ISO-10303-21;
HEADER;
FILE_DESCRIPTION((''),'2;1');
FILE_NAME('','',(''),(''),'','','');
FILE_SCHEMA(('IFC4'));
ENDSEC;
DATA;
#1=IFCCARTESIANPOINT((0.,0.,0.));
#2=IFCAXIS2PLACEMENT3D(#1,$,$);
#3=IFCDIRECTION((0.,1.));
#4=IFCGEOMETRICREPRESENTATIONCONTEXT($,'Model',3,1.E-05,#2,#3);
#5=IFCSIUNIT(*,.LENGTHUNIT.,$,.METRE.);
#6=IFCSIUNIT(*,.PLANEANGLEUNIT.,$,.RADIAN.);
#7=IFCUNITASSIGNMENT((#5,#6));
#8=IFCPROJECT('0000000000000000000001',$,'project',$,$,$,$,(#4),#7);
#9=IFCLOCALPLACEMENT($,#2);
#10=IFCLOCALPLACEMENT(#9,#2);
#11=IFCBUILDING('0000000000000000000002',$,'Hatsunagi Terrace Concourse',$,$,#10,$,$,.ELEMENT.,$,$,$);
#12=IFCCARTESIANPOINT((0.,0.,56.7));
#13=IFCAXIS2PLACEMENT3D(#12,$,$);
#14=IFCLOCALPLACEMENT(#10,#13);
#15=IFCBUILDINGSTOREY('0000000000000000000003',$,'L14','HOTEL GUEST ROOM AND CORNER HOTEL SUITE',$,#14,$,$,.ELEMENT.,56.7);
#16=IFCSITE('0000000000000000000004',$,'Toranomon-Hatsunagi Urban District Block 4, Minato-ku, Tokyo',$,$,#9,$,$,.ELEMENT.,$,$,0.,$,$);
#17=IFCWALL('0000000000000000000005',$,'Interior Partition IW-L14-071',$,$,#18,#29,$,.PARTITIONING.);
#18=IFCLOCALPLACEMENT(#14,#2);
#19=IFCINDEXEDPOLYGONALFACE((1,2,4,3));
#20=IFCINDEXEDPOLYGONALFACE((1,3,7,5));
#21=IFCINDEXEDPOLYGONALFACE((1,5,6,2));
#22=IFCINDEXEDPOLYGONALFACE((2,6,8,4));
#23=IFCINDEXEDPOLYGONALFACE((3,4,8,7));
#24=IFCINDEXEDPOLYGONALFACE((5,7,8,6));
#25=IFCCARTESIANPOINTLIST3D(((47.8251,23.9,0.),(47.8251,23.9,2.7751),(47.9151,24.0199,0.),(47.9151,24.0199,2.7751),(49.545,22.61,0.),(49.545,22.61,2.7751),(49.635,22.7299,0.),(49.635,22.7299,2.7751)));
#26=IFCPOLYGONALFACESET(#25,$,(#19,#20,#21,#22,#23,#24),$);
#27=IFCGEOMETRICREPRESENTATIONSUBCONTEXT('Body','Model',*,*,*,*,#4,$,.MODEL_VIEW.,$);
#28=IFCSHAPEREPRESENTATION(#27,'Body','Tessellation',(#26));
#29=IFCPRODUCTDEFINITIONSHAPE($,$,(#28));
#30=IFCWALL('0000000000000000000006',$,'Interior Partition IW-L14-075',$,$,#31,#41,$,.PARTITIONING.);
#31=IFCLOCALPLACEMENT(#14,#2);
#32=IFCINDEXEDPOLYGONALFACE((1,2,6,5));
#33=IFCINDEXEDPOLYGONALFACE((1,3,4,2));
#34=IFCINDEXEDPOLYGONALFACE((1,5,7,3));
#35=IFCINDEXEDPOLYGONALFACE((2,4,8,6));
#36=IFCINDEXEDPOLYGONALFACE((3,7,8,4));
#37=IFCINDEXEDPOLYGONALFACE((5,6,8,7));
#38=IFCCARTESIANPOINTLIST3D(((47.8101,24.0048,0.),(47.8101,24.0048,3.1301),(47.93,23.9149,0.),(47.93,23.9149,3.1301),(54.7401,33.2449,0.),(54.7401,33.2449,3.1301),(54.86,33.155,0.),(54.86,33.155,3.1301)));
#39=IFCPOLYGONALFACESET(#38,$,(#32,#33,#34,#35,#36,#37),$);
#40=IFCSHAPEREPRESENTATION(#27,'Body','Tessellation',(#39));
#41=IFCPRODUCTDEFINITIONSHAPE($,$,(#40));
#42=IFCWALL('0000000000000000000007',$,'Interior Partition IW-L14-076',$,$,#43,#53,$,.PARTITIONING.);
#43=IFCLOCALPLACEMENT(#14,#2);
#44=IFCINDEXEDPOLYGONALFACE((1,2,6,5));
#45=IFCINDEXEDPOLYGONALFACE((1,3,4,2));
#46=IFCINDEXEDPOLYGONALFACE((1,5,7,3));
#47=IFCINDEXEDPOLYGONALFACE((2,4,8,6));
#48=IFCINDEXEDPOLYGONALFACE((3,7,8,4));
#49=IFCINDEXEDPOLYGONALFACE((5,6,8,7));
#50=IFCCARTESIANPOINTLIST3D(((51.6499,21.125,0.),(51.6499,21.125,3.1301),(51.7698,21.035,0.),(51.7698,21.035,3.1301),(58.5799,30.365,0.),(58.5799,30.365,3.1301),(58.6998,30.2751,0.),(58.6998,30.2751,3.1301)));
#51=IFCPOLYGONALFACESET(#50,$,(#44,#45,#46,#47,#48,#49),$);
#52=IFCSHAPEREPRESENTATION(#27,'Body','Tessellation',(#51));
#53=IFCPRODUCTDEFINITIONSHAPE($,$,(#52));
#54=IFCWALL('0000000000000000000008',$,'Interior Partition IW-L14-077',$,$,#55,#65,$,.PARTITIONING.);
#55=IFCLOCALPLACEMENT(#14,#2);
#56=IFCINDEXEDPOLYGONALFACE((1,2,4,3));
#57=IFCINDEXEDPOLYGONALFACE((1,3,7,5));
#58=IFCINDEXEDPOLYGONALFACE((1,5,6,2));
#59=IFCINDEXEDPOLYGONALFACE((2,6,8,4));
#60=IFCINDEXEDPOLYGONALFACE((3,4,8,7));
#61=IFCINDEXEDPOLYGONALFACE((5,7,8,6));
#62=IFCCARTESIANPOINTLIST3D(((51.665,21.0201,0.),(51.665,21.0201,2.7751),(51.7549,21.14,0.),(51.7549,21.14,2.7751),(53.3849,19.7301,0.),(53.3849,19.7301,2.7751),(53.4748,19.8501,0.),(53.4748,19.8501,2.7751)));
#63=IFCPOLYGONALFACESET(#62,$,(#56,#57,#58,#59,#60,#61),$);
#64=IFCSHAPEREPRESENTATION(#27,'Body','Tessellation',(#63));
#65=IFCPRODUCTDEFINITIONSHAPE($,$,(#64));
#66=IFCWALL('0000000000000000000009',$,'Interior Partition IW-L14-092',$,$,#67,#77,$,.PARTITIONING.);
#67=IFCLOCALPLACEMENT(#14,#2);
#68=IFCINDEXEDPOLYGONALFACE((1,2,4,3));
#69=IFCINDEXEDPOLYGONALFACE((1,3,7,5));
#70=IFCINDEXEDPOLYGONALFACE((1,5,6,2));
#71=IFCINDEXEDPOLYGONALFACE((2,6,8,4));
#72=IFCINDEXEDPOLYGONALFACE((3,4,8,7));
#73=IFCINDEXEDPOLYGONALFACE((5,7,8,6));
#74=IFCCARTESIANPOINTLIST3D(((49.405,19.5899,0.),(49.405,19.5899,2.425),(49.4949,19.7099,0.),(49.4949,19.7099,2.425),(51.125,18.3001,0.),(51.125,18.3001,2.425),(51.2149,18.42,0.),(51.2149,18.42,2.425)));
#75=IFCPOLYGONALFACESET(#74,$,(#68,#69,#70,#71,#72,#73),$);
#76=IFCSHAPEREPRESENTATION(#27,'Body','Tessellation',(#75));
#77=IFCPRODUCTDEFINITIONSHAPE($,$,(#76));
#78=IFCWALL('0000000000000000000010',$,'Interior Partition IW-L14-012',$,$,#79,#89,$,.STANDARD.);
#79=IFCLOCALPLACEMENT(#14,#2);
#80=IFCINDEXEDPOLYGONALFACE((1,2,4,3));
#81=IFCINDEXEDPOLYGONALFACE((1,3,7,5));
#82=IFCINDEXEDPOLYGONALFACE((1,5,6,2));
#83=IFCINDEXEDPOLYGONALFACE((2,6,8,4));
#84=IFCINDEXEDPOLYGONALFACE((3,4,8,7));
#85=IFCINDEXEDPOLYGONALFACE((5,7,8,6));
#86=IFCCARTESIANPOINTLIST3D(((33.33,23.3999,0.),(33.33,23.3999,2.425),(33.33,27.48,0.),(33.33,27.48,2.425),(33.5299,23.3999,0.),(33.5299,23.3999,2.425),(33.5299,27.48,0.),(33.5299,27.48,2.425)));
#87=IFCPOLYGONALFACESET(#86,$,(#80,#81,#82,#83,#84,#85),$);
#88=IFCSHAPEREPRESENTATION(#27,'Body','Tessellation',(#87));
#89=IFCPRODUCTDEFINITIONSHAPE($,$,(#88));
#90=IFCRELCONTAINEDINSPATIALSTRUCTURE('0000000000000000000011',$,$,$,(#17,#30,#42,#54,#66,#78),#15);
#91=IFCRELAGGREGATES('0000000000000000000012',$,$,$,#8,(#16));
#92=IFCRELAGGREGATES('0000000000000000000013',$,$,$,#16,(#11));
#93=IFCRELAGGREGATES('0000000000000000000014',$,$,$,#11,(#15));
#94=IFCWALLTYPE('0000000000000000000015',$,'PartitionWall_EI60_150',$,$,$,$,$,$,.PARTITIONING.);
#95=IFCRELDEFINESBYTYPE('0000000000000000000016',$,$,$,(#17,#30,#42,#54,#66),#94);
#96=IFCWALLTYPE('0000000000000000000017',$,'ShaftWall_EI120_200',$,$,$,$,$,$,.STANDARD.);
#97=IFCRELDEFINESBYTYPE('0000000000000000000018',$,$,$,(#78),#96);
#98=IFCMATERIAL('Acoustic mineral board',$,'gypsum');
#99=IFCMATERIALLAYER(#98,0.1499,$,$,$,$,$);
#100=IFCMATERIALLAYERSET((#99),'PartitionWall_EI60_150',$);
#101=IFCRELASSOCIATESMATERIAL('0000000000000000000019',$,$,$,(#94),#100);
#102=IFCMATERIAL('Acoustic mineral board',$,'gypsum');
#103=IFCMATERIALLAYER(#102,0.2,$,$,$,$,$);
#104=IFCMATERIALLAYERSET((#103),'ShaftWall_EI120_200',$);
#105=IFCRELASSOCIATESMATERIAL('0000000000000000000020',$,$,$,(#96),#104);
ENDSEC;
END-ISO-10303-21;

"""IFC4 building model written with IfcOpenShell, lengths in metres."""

from ifc_helpers import new_model, si_unit, direction, frame, frame_2d, origin, place, context, subcontext, project, spatial, rectangle, extrude, material, layer, layer_set, type_object, element, save


model = new_model("IFC4")

# Units and contexts
model_context = context("Model", 3, precision=1e-05, world=origin(), true_north=direction((0.0, 1.0)))
body_context = subcontext(model_context, "Body", "Model", "MODEL_VIEW")
ifc_project = project(units=[si_unit("LENGTHUNIT", "METRE"), si_unit("PLANEANGLEUNIT", "RADIAN")], contexts=[model_context])

# Site, building, storey
site_placement = place(None, origin())
site = spatial("IfcSite", under=ifc_project, at=site_placement, Name="Toranomon-Hatsunagi Urban District Block 4, Minato-ku, Tokyo", CompositionType="ELEMENT", RefElevation=0.0)
building_placement = place(site_placement, origin())
building = spatial("IfcBuilding", under=site, at=building_placement, Name="Hatsunagi Terrace Concourse", CompositionType="ELEMENT")
storey_placement = place(building_placement, frame((0.0, 0.0, 56.7)))
storey = spatial("IfcBuildingStorey", under=building, at=storey_placement, Name="L14", Description="HOTEL GUEST ROOM AND CORNER HOTEL SUITE", CompositionType="ELEMENT", Elevation=56.7)

# Shared definitions
ifc_material_1 = material(Name="Acoustic mineral board", Category="gypsum")
ifc_layer_1 = layer(ifc_material_1, 0.1499)
ifc_layer_set_1 = layer_set([ifc_layer_1], Name="PartitionWall_EI60_150")
wall_type_1 = type_object("IfcWallType", Name="PartitionWall_EI60_150", PredefinedType="PARTITIONING", material=ifc_layer_set_1)

# Wall
wall_1_placement = place(storey_placement, frame((47.8701, 23.96, 0.0), z_axis=(0.0, 0.0, 1.0), x_axis=(0.799986, -0.600018, 0.0)))
element("IfcWall", 1, at=wall_1_placement, inside=storey, type_object=wall_type_1, Name="Interior Partition IW-L14-071", PredefinedType="PARTITIONING", context=body_context, shape_type="SweptSolid", body=[
    extrude(rectangle(XDim=2.1499, YDim=0.1499, at=frame_2d((1.075, 0.0))), origin(), (0.0, 0.0, 1.0), 2.7751),
])

# Walls
for number, where, z_axis, x_axis, name in (
    (2, (47.8701, 23.96, 0.0), (0.0, 0.0, 1.0), (0.599997, 0.800003, 0.0), "Interior Partition IW-L14-075"),
    (3, (51.71, 21.0801, 0.0), (0.0, 0.0, 1.0), (0.599997, 0.800003, 0.0), "Interior Partition IW-L14-076"),
):
    element("IfcWall", number, at=place(storey_placement, frame(where, z_axis=z_axis, x_axis=x_axis)), inside=storey, type_object=wall_type_1, Name=name, PredefinedType="PARTITIONING", context=body_context, shape_type="SweptSolid", body=[
        extrude(rectangle(XDim=11.55, YDim=0.1499, at=frame_2d((5.7749, 0.0))), origin(), (0.0, 0.0, 1.0), 3.1301),
    ])
wall_2_placement = place(storey_placement, frame((51.71, 21.0801, 0.0), z_axis=(0.0, 0.0, 1.0), x_axis=(0.799986, -0.600018, 0.0)))
element("IfcWall", 4, at=wall_2_placement, inside=storey, type_object=wall_type_1, Name="Interior Partition IW-L14-077", PredefinedType="PARTITIONING", context=body_context, shape_type="SweptSolid", body=[
    extrude(rectangle(XDim=2.1499, YDim=0.1499, at=frame_2d((1.075, 0.0))), origin(), (0.0, 0.0, 1.0), 2.7751),
])

# Walls
wall_3_placement = place(storey_placement, frame((49.45, 19.6499, 0.0), z_axis=(0.0, 0.0, 1.0), x_axis=(0.800041, -0.599945, 0.0)))
element("IfcWall", 5, at=wall_3_placement, inside=storey, type_object=wall_type_1, Name="Interior Partition IW-L14-092", PredefinedType="PARTITIONING", context=body_context, shape_type="SweptSolid", body=[
    extrude(rectangle(XDim=2.1499, YDim=0.1499, at=frame_2d((1.075, 0.0))), origin(), (0.0, 0.0, 1.0), 2.425),
])
ifc_material_2 = material(Name="Acoustic mineral board", Category="gypsum")
ifc_layer_2 = layer(ifc_material_2, 0.2)
ifc_layer_set_2 = layer_set([ifc_layer_2], Name="ShaftWall_EI120_200")
wall_type_2 = type_object("IfcWallType", Name="ShaftWall_EI120_200", PredefinedType="STANDARD", material=ifc_layer_set_2)
wall_4_placement = place(storey_placement, frame((33.4299, 23.3999, 0.0), z_axis=(0.0, 0.0, 1.0), x_axis=(0.0, 1.0, 0.0)))
element("IfcWall", 6, at=wall_4_placement, inside=storey, type_object=wall_type_2, Name="Interior Partition IW-L14-012", PredefinedType="STANDARD", context=body_context, shape_type="SweptSolid", body=[
    extrude(rectangle(XDim=4.0801, YDim=0.2, at=frame_2d((2.04, 0.0))), origin(), (0.0, 0.0, 1.0), 2.425),
])

save(model, "model.ifc")
